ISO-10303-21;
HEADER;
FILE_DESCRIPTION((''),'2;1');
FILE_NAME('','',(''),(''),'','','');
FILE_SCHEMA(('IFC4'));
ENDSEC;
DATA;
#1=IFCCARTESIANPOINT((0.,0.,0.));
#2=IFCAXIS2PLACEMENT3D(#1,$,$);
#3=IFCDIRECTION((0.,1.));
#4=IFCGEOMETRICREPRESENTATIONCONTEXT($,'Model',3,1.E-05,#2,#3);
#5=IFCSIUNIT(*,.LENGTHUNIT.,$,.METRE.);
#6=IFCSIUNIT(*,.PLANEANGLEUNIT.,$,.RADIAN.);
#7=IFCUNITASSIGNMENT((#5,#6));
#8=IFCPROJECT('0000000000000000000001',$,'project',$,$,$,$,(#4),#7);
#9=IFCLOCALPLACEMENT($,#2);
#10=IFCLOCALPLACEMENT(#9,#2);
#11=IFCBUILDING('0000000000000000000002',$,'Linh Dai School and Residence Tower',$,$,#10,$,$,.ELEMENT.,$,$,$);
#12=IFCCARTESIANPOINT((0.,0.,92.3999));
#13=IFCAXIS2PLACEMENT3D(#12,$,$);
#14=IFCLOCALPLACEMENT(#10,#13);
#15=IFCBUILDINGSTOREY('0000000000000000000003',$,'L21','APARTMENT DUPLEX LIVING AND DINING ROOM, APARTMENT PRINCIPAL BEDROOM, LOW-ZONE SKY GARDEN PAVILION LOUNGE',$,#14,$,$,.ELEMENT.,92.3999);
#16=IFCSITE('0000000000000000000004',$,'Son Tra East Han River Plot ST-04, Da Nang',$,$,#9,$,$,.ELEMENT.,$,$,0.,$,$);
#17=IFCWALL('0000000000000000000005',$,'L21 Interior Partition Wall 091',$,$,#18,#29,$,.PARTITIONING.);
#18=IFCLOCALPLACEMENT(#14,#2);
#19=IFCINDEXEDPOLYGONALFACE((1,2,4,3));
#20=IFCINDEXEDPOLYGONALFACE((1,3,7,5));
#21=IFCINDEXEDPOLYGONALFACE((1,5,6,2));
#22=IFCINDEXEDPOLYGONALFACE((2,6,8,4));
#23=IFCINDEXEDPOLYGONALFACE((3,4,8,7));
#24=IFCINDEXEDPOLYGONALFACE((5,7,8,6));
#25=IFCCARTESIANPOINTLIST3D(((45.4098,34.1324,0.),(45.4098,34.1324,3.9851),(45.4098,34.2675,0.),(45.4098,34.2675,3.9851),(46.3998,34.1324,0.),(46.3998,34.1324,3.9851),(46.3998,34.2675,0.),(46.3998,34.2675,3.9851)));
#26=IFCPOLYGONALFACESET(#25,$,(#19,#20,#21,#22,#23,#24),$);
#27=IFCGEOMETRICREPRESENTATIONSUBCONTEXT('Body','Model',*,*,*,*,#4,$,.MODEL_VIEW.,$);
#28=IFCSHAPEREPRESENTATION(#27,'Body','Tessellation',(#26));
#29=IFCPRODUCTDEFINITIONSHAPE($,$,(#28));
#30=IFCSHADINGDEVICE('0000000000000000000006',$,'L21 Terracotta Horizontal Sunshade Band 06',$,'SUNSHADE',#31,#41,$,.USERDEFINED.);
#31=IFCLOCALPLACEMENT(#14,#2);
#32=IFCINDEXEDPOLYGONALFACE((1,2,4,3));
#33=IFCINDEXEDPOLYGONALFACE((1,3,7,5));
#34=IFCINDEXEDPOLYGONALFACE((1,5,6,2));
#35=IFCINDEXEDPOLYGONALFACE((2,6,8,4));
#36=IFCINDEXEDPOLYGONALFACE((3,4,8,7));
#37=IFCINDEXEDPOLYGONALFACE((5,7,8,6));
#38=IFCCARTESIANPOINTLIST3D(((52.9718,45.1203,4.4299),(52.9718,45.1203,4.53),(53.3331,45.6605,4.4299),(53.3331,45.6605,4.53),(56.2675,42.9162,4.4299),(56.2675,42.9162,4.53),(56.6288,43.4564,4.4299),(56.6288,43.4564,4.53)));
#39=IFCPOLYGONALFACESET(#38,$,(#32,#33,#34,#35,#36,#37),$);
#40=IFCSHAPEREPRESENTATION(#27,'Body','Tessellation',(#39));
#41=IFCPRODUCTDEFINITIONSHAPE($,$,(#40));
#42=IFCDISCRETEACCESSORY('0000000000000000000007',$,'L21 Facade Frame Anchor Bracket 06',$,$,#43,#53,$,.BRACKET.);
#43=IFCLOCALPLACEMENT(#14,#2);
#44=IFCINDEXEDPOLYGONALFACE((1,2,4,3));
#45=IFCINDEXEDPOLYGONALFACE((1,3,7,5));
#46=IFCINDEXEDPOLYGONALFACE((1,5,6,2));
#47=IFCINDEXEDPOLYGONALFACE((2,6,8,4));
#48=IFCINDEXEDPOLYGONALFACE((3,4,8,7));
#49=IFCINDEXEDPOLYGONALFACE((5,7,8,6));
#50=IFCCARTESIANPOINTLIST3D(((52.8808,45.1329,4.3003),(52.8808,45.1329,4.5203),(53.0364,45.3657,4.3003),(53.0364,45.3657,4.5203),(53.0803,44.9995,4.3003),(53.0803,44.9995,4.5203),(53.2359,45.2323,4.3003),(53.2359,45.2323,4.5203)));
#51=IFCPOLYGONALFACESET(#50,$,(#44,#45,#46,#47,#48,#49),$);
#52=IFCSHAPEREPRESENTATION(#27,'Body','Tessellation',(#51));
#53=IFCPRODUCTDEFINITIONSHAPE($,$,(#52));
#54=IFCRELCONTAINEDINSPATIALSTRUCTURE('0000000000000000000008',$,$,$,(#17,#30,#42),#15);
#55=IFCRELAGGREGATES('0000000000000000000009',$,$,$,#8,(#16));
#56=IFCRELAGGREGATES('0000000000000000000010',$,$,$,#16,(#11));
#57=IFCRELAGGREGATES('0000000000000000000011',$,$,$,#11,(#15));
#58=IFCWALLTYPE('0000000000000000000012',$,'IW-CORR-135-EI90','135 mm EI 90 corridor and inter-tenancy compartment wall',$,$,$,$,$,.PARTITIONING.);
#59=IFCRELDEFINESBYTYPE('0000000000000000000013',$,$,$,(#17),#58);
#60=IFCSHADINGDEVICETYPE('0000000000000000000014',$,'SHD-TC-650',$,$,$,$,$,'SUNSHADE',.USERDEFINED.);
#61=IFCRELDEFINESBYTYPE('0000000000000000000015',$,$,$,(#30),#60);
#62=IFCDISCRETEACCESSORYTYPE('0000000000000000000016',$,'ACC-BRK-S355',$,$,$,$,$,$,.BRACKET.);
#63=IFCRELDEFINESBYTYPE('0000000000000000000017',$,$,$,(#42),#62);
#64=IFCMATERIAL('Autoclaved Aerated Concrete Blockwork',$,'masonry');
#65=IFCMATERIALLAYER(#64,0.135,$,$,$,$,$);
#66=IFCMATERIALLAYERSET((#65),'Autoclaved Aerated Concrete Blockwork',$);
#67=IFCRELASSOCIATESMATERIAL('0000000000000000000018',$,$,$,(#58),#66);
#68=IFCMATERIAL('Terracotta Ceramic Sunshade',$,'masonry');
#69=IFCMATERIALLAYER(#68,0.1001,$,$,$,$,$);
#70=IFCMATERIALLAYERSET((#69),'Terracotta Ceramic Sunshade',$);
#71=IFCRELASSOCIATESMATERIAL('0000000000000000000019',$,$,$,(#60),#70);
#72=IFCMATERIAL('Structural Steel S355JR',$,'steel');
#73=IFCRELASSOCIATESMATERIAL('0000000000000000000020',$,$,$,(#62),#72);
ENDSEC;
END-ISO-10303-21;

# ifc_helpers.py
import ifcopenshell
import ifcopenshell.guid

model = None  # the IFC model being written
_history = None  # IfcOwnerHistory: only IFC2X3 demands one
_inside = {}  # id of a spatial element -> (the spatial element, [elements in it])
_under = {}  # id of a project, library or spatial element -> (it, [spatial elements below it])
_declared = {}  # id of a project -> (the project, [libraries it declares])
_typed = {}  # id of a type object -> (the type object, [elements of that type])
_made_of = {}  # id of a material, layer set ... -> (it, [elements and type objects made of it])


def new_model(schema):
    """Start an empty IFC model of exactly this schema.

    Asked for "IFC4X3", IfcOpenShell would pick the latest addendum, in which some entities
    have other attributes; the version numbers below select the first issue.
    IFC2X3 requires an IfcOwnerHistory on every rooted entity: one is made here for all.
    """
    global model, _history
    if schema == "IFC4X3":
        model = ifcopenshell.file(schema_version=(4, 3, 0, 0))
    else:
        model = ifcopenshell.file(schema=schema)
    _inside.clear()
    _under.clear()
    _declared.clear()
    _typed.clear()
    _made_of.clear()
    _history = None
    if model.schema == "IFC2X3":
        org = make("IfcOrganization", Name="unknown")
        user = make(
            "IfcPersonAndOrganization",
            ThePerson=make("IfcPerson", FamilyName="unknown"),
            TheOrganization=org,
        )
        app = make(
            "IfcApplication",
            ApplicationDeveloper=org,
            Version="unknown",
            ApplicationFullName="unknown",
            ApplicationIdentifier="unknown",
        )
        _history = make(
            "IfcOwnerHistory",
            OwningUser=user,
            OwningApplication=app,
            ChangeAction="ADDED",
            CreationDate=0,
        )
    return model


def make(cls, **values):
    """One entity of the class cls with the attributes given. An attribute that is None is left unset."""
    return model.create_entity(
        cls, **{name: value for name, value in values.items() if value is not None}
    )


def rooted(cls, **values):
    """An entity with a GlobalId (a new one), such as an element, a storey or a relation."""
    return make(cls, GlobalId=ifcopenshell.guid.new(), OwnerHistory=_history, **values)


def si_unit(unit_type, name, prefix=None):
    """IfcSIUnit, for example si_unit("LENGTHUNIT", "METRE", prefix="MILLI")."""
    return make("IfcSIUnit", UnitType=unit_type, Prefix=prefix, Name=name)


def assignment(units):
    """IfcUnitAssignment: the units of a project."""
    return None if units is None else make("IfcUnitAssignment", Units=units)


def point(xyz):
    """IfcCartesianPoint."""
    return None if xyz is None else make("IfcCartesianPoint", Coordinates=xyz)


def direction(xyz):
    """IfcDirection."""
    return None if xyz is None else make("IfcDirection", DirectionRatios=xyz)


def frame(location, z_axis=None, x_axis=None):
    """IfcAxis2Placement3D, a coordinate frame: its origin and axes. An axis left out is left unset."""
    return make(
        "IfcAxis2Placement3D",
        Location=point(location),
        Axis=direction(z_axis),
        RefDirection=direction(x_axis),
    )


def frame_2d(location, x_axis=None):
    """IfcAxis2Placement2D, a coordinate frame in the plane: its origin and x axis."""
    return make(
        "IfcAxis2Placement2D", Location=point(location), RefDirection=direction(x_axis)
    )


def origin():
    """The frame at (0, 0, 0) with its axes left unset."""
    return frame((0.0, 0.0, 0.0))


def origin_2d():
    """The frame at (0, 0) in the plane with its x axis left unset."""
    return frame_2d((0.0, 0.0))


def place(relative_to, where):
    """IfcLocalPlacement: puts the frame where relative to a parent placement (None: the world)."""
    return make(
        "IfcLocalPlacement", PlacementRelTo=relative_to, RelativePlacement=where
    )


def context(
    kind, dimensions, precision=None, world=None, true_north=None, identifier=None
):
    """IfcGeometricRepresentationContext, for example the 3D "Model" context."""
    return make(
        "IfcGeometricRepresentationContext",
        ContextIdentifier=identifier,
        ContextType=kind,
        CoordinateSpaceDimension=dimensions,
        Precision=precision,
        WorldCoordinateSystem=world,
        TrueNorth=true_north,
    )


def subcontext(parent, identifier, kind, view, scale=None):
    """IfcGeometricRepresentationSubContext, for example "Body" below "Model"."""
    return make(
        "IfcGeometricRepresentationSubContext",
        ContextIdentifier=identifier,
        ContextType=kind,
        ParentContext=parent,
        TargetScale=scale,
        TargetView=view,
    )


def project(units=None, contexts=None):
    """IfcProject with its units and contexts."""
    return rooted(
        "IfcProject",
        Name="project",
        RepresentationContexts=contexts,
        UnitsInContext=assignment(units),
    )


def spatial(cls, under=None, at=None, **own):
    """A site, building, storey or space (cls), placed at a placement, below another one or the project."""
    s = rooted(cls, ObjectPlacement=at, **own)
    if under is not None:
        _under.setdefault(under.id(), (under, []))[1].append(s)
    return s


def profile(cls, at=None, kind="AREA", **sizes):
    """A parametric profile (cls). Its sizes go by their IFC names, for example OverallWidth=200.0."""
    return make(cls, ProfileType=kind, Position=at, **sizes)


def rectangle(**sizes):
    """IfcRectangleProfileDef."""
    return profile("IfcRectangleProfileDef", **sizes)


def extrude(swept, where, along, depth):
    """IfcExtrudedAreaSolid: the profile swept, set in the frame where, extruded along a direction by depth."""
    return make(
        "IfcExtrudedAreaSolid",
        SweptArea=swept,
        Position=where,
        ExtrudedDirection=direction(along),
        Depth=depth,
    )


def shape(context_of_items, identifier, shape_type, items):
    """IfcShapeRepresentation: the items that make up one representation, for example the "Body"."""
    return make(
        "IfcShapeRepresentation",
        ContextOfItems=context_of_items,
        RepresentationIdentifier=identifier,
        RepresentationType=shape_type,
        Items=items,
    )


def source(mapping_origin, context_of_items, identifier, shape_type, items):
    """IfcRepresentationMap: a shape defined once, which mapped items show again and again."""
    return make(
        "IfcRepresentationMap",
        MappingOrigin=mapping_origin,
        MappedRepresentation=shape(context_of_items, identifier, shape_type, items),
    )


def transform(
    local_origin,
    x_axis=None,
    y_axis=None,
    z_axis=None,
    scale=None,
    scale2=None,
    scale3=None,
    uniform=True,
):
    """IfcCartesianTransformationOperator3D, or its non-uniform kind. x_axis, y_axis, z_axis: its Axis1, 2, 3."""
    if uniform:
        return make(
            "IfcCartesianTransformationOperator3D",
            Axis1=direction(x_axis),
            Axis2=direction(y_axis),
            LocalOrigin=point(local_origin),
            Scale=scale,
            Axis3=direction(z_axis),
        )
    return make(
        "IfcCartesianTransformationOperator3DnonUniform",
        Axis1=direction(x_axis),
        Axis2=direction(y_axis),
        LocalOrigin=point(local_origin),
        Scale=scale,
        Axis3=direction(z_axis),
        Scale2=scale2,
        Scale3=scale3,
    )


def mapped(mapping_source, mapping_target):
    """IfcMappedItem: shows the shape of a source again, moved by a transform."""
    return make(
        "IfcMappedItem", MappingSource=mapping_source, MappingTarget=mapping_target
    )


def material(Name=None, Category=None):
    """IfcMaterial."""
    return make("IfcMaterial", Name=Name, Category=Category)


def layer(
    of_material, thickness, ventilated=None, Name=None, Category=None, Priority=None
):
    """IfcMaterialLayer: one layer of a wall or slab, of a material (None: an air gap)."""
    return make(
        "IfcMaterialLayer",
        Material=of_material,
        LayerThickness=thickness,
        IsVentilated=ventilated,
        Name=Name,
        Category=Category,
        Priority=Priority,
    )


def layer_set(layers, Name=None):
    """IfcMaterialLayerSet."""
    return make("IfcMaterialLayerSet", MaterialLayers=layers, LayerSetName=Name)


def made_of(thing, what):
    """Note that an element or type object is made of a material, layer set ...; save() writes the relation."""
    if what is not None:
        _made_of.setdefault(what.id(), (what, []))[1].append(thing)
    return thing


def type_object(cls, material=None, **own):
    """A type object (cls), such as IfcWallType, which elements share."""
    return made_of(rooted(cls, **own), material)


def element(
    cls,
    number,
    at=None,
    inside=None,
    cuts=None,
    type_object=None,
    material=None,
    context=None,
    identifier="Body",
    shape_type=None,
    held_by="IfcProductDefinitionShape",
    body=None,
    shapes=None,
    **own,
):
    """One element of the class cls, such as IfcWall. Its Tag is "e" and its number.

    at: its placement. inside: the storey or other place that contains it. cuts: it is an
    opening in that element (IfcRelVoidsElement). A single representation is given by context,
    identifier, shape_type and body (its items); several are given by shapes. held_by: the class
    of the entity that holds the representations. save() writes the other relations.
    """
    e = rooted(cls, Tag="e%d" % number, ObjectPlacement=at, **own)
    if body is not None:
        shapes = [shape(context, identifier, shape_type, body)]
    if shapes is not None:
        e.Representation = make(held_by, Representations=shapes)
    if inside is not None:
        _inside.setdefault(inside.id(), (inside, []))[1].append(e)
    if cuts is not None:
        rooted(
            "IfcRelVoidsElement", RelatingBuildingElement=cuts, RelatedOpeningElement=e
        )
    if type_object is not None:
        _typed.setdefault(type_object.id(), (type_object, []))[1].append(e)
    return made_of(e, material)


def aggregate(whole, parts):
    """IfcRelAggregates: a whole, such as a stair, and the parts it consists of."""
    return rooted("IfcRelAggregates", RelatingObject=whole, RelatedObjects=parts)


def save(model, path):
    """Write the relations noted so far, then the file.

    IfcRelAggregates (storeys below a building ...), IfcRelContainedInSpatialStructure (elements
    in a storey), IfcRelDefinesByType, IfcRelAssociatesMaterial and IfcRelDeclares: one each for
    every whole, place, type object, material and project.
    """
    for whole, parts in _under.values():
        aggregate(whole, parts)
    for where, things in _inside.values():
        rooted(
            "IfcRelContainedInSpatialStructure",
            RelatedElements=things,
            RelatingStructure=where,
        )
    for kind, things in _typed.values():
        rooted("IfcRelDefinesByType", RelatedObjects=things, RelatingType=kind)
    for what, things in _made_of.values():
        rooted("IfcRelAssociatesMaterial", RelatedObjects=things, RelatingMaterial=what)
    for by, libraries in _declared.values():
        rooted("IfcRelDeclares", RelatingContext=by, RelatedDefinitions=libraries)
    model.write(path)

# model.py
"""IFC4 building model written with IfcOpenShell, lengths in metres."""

from ifc_helpers import new_model, si_unit, direction, frame, frame_2d, origin, origin_2d, place, context, subcontext, project, spatial, rectangle, extrude, source, transform, mapped, material, layer, layer_set, type_object, element, save


model = new_model("IFC4")

# Units and contexts
model_context = context("Model", 3, precision=1e-05, world=origin(), true_north=direction((0.0, 1.0)))
body_context = subcontext(model_context, "Body", "Model", "MODEL_VIEW")
ifc_project = project(units=[si_unit("LENGTHUNIT", "METRE"), si_unit("PLANEANGLEUNIT", "RADIAN")], contexts=[model_context])

# Site, building, storey
site_placement = place(None, origin())
site = spatial("IfcSite", under=ifc_project, at=site_placement, Name="Son Tra East Han River Plot ST-04, Da Nang", CompositionType="ELEMENT", RefElevation=0.0)
building_placement = place(site_placement, origin())
building = spatial("IfcBuilding", under=site, at=building_placement, Name="Linh Dai School and Residence Tower", CompositionType="ELEMENT")
storey_placement = place(building_placement, frame((0.0, 0.0, 92.3999)))
storey = spatial("IfcBuildingStorey", under=building, at=storey_placement, Name="L21", Description="APARTMENT DUPLEX LIVING AND DINING ROOM, APARTMENT PRINCIPAL BEDROOM, LOW-ZONE SKY GARDEN PAVILION LOUNGE", CompositionType="ELEMENT", Elevation=92.3999)

# Shared definitions
ifc_material_1 = material(Name="Structural Steel S355JR", Category="steel")

# Wall
ifc_material_2 = material(Name="Autoclaved Aerated Concrete Blockwork", Category="masonry")
ifc_layer_1 = layer(ifc_material_2, 0.135)
ifc_layer_set_1 = layer_set([ifc_layer_1], Name="Autoclaved Aerated Concrete Blockwork")
wall_type_1 = type_object("IfcWallType", Name="IW-CORR-135-EI90", Description="135 mm EI 90 corridor and inter-tenancy compartment wall", PredefinedType="PARTITIONING", material=ifc_layer_set_1)
wall_1_placement = place(storey_placement, frame((46.3999, 34.2, 0.0), z_axis=(0.0, 0.0, 1.0), x_axis=(-1.0, 0.0, 0.0)))
element("IfcWall", 1, at=wall_1_placement, inside=storey, type_object=wall_type_1, Name="L21 Interior Partition Wall 091", PredefinedType="PARTITIONING", context=body_context, shape_type="SweptSolid", body=[
    extrude(rectangle(XDim=0.99, YDim=0.135, at=frame_2d((0.4951, 0.0))), origin(), (0.0, 0.0, 1.0), 3.9851),
])

# Shading device
ifc_material_3 = material(Name="Terracotta Ceramic Sunshade", Category="masonry")
ifc_layer_2 = layer(ifc_material_3, 0.1001)
ifc_layer_set_2 = layer_set([ifc_layer_2], Name="Terracotta Ceramic Sunshade")
shading_device_type = type_object("IfcShadingDeviceType", Name="SHD-TC-650", ElementType="SUNSHADE", PredefinedType="USERDEFINED", material=ifc_layer_set_2)
shared_shape_1 = source(origin(), body_context, "Body", "SweptSolid", [
    extrude(rectangle(XDim=3.9648, YDim=0.6499, at=origin_2d()), origin(), (0.0, 0.0, 1.0), 0.1001),
])
shading_device_placement = place(storey_placement, frame((54.8003, 44.2883, 4.4299), z_axis=(0.0, 0.0, 1.0), x_axis=(0.83124, -0.555913, 0.0)))
element("IfcShadingDevice", 2, at=shading_device_placement, inside=storey, type_object=shading_device_type, Name="L21 Terracotta Horizontal Sunshade Band 06", ObjectType="SUNSHADE", PredefinedType="USERDEFINED", context=body_context, shape_type="MappedRepresentation", body=[
    mapped(shared_shape_1, transform((0.0, 0.0, 0.0), x_axis=(1.0, 0.0, 0.0), y_axis=(0.0, 1.0, 0.0), z_axis=(0.0, 0.0, 1.0), scale=1.0)),
])

# Discrete accessory
discrete_accessory_type = type_object("IfcDiscreteAccessoryType", Name="ACC-BRK-S355", PredefinedType="BRACKET", material=ifc_material_1)
shared_shape_2 = source(origin(), body_context, "Body", "SweptSolid", [
    extrude(rectangle(XDim=0.28, YDim=0.24, at=origin_2d()), origin(), (0.0, 0.0, 1.0), 0.22),
])
discrete_accessory_placement = place(storey_placement, frame((53.0583, 45.1826, 4.3003), z_axis=(0.0, 0.0, 1.0), x_axis=(0.555913, 0.83124, 0.0)))
element("IfcDiscreteAccessory", 3, at=discrete_accessory_placement, inside=storey, type_object=discrete_accessory_type, Name="L21 Facade Frame Anchor Bracket 06", PredefinedType="BRACKET", context=body_context, shape_type="MappedRepresentation", body=[
    mapped(shared_shape_2, transform((0.0, 0.0, 0.0), x_axis=(1.0, 0.0, 0.0), y_axis=(0.0, 1.0, 0.0), z_axis=(0.0, 0.0, 1.0), scale=1.0)),
])

save(model, "model.ifc")
